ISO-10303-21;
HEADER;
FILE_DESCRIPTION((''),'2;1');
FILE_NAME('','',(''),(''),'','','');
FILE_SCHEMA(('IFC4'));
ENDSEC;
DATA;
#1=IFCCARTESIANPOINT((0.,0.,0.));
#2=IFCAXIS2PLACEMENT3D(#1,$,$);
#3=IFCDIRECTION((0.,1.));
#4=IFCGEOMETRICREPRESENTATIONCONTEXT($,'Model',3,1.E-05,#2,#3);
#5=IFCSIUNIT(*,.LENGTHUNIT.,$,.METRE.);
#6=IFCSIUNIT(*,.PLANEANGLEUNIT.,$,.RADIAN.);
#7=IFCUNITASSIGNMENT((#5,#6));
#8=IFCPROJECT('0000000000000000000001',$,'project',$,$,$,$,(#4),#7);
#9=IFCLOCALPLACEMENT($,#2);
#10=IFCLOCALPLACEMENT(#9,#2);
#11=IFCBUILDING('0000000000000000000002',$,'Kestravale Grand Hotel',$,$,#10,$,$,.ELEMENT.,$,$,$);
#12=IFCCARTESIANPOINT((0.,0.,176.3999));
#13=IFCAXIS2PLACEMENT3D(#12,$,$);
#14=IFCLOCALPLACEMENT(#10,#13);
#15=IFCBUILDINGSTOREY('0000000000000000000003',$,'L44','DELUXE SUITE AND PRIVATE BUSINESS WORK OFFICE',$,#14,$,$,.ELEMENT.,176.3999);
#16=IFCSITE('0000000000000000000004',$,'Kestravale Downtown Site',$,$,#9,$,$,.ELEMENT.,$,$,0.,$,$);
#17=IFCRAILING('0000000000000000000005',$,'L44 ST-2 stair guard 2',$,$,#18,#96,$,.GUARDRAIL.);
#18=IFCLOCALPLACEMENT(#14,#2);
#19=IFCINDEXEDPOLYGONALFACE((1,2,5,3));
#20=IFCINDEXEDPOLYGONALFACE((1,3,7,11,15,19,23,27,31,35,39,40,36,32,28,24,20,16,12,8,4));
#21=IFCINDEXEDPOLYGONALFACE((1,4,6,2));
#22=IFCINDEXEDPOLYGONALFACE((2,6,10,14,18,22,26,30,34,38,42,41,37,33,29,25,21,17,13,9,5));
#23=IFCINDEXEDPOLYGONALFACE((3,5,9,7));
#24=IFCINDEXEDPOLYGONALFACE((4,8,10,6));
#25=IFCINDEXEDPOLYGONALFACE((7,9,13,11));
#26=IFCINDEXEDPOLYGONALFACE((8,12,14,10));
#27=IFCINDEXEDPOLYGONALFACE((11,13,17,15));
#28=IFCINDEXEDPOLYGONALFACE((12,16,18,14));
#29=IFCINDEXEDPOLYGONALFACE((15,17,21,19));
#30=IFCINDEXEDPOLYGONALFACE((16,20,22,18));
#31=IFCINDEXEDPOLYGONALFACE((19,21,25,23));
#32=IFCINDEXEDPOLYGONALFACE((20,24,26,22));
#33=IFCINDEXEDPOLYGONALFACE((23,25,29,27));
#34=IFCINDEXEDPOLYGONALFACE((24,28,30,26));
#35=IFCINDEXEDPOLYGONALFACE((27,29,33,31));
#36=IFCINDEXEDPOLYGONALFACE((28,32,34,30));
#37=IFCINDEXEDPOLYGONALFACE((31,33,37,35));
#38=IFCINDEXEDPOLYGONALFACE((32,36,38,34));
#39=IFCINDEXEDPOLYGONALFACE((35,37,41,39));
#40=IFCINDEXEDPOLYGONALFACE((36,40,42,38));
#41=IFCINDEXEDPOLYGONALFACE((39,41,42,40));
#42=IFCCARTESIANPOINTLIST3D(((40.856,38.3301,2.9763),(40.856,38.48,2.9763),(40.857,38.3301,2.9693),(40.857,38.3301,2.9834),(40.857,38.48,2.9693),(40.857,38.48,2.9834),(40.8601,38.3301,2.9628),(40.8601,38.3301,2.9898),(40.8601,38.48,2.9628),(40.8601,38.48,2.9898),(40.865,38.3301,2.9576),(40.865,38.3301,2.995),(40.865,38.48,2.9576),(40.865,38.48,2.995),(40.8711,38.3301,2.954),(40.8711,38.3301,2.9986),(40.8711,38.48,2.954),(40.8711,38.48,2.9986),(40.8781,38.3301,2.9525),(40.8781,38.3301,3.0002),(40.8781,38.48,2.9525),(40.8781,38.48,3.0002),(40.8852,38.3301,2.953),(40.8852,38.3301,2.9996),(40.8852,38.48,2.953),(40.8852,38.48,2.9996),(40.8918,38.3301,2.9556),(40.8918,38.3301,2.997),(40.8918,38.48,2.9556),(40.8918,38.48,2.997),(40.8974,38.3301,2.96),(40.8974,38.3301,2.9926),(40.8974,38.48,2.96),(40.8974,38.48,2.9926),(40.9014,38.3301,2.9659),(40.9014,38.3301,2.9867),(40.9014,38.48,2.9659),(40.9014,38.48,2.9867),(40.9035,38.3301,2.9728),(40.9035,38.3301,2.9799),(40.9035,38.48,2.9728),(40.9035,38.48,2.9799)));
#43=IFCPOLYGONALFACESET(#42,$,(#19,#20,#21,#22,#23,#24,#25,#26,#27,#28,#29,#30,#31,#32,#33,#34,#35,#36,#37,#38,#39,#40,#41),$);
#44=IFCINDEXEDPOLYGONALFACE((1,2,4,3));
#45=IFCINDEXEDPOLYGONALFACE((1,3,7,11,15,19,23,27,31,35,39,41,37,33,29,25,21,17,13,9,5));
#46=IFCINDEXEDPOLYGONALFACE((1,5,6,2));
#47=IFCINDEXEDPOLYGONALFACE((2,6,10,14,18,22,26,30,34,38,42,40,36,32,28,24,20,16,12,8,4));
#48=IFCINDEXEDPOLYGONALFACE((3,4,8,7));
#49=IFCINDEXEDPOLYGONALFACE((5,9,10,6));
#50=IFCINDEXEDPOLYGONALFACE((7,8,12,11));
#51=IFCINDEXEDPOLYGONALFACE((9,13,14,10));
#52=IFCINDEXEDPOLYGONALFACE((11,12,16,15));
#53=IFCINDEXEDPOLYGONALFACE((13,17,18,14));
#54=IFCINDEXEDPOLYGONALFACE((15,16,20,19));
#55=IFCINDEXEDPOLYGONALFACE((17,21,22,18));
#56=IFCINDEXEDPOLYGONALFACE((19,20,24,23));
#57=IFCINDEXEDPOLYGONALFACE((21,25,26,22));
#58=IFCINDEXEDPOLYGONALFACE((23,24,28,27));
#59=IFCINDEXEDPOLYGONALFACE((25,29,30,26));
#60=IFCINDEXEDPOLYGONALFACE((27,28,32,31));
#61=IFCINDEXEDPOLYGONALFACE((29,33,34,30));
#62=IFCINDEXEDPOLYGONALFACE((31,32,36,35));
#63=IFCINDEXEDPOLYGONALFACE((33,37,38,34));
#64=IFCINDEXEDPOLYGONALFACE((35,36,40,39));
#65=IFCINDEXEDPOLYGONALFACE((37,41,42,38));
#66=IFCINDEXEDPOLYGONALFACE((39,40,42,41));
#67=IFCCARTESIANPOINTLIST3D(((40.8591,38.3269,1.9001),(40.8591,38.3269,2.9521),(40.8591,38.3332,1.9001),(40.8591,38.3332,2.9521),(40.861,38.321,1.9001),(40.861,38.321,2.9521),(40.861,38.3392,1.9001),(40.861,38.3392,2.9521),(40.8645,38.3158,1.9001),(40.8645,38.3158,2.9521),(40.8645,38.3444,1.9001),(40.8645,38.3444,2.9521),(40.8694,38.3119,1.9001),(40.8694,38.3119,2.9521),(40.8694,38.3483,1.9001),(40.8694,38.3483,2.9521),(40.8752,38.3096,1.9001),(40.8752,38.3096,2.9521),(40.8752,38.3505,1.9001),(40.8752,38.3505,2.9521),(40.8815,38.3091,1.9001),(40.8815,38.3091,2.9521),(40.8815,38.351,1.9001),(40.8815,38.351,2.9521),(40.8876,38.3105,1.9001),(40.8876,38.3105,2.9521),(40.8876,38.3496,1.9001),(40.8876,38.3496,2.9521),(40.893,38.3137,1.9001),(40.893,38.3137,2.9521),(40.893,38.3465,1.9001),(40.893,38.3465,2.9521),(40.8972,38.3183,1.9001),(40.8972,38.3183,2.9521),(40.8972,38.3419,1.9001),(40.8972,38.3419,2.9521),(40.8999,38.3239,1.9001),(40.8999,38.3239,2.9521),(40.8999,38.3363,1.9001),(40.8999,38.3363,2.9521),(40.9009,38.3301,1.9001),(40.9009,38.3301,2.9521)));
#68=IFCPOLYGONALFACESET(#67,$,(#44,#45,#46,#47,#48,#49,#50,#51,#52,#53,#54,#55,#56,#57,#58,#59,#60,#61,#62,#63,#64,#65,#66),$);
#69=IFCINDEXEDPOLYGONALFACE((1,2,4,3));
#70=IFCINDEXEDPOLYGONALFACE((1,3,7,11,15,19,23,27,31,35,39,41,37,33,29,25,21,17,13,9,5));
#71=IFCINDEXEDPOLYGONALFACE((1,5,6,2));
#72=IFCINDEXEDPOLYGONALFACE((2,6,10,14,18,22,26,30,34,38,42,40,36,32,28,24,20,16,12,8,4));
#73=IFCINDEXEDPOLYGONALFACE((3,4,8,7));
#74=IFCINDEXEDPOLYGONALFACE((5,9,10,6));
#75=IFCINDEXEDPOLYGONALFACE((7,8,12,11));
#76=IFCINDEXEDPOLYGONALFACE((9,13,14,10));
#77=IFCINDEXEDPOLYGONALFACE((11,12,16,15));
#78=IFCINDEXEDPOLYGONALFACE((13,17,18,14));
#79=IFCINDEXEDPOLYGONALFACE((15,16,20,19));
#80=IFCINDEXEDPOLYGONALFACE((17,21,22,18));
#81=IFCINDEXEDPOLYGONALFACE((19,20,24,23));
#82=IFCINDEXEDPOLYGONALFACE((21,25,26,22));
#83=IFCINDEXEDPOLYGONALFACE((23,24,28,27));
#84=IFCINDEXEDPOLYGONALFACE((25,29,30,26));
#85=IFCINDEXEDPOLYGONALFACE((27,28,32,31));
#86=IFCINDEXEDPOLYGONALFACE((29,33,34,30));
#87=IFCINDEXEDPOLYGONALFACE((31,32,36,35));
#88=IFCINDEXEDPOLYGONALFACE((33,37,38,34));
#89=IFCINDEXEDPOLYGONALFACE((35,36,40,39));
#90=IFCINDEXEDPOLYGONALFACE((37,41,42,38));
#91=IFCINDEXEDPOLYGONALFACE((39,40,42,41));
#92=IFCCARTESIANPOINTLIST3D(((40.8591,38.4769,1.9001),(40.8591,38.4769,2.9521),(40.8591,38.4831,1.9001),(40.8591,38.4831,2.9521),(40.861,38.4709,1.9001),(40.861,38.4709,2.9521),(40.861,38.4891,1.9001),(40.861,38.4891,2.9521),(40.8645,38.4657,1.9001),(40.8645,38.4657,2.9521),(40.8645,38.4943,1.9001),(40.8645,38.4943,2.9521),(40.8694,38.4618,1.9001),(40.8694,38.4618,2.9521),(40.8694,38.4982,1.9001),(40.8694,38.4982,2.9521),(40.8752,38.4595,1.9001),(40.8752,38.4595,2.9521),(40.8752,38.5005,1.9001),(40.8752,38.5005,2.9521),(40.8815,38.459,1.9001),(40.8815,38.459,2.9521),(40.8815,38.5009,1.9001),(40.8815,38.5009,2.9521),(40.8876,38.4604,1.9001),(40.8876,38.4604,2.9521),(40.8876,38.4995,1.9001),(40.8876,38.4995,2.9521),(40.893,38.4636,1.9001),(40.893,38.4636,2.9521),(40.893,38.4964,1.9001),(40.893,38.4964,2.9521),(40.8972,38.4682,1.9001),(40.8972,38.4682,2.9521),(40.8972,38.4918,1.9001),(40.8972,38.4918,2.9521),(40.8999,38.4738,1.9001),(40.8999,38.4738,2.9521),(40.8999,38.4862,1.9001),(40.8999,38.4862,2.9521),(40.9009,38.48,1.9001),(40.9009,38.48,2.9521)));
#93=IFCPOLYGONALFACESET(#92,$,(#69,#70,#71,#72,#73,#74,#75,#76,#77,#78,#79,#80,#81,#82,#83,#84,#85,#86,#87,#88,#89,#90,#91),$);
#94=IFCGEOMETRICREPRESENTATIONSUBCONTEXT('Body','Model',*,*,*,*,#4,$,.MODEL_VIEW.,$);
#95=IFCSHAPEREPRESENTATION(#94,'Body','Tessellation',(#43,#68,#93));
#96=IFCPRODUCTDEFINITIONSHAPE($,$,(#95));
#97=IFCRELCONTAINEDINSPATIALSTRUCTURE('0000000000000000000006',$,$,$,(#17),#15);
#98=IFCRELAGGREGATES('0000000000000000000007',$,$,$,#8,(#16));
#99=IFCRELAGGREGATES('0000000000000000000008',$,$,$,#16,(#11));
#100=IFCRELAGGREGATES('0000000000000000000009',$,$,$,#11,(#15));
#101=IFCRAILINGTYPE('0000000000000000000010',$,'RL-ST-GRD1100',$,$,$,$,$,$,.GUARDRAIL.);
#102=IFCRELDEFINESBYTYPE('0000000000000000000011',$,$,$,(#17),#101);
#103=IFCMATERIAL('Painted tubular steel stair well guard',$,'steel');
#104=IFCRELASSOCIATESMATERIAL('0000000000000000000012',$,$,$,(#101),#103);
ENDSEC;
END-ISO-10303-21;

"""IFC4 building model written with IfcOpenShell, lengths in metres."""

from ifc_helpers import new_model, si_unit, direction, frame, origin, origin_2d, place, context, subcontext, project, spatial, circle, extrude, material, type_object, element, save


model = new_model("IFC4")

# Units and contexts
model_context = context("Model", 3, precision=1e-05, world=origin(), true_north=direction((0.0, 1.0)))
body_context = subcontext(model_context, "Body", "Model", "MODEL_VIEW")
ifc_project = project(units=[si_unit("LENGTHUNIT", "METRE"), si_unit("PLANEANGLEUNIT", "RADIAN")], contexts=[model_context])

# Site, building, storey
site_placement = place(None, origin())
site = spatial("IfcSite", under=ifc_project, at=site_placement, Name="Kestravale Downtown Site", CompositionType="ELEMENT", RefElevation=0.0)
building_placement = place(site_placement, origin())
building = spatial("IfcBuilding", under=site, at=building_placement, Name="Kestravale Grand Hotel", CompositionType="ELEMENT")
storey_placement = place(building_placement, frame((0.0, 0.0, 176.3999)))
storey = spatial("IfcBuildingStorey", under=building, at=storey_placement, Name="L44", Description="DELUXE SUITE AND PRIVATE BUSINESS WORK OFFICE", CompositionType="ELEMENT", Elevation=176.3999)

# Railing
ifc_material_1 = material(Name="Painted tubular steel stair well guard", Category="steel")
railing_type_1 = type_object("IfcRailingType", Name="RL-ST-GRD1100", PredefinedType="GUARDRAIL", material=ifc_material_1)
railing_1_placement = place(storey_placement, frame((40.8799, 38.3301, 1.9001)))
element("IfcRailing", 1, at=railing_1_placement, inside=storey, type_object=railing_type_1, Name="L44 ST-2 stair guard 2", PredefinedType="GUARDRAIL", context=body_context, shape_type="SweptSolid", body=[
    extrude(circle(Radius=0.0239, at=origin_2d()), frame((0.0, 0.0, 1.0762), z_axis=(0.0, 1.0, 0.0), x_axis=(-1.0, 0.0, 0.0)), (0.0, 0.0, 1.0), 0.1499),
    extrude(circle(Radius=0.021, at=origin_2d()), origin(), (0.0, 0.0, 1.0), 1.052),
    extrude(circle(Radius=0.021, at=origin_2d()), frame((0.0, 0.1499, 0.0)), (0.0, 0.0, 1.0), 1.052),
])

save(model, "model.ifc")
